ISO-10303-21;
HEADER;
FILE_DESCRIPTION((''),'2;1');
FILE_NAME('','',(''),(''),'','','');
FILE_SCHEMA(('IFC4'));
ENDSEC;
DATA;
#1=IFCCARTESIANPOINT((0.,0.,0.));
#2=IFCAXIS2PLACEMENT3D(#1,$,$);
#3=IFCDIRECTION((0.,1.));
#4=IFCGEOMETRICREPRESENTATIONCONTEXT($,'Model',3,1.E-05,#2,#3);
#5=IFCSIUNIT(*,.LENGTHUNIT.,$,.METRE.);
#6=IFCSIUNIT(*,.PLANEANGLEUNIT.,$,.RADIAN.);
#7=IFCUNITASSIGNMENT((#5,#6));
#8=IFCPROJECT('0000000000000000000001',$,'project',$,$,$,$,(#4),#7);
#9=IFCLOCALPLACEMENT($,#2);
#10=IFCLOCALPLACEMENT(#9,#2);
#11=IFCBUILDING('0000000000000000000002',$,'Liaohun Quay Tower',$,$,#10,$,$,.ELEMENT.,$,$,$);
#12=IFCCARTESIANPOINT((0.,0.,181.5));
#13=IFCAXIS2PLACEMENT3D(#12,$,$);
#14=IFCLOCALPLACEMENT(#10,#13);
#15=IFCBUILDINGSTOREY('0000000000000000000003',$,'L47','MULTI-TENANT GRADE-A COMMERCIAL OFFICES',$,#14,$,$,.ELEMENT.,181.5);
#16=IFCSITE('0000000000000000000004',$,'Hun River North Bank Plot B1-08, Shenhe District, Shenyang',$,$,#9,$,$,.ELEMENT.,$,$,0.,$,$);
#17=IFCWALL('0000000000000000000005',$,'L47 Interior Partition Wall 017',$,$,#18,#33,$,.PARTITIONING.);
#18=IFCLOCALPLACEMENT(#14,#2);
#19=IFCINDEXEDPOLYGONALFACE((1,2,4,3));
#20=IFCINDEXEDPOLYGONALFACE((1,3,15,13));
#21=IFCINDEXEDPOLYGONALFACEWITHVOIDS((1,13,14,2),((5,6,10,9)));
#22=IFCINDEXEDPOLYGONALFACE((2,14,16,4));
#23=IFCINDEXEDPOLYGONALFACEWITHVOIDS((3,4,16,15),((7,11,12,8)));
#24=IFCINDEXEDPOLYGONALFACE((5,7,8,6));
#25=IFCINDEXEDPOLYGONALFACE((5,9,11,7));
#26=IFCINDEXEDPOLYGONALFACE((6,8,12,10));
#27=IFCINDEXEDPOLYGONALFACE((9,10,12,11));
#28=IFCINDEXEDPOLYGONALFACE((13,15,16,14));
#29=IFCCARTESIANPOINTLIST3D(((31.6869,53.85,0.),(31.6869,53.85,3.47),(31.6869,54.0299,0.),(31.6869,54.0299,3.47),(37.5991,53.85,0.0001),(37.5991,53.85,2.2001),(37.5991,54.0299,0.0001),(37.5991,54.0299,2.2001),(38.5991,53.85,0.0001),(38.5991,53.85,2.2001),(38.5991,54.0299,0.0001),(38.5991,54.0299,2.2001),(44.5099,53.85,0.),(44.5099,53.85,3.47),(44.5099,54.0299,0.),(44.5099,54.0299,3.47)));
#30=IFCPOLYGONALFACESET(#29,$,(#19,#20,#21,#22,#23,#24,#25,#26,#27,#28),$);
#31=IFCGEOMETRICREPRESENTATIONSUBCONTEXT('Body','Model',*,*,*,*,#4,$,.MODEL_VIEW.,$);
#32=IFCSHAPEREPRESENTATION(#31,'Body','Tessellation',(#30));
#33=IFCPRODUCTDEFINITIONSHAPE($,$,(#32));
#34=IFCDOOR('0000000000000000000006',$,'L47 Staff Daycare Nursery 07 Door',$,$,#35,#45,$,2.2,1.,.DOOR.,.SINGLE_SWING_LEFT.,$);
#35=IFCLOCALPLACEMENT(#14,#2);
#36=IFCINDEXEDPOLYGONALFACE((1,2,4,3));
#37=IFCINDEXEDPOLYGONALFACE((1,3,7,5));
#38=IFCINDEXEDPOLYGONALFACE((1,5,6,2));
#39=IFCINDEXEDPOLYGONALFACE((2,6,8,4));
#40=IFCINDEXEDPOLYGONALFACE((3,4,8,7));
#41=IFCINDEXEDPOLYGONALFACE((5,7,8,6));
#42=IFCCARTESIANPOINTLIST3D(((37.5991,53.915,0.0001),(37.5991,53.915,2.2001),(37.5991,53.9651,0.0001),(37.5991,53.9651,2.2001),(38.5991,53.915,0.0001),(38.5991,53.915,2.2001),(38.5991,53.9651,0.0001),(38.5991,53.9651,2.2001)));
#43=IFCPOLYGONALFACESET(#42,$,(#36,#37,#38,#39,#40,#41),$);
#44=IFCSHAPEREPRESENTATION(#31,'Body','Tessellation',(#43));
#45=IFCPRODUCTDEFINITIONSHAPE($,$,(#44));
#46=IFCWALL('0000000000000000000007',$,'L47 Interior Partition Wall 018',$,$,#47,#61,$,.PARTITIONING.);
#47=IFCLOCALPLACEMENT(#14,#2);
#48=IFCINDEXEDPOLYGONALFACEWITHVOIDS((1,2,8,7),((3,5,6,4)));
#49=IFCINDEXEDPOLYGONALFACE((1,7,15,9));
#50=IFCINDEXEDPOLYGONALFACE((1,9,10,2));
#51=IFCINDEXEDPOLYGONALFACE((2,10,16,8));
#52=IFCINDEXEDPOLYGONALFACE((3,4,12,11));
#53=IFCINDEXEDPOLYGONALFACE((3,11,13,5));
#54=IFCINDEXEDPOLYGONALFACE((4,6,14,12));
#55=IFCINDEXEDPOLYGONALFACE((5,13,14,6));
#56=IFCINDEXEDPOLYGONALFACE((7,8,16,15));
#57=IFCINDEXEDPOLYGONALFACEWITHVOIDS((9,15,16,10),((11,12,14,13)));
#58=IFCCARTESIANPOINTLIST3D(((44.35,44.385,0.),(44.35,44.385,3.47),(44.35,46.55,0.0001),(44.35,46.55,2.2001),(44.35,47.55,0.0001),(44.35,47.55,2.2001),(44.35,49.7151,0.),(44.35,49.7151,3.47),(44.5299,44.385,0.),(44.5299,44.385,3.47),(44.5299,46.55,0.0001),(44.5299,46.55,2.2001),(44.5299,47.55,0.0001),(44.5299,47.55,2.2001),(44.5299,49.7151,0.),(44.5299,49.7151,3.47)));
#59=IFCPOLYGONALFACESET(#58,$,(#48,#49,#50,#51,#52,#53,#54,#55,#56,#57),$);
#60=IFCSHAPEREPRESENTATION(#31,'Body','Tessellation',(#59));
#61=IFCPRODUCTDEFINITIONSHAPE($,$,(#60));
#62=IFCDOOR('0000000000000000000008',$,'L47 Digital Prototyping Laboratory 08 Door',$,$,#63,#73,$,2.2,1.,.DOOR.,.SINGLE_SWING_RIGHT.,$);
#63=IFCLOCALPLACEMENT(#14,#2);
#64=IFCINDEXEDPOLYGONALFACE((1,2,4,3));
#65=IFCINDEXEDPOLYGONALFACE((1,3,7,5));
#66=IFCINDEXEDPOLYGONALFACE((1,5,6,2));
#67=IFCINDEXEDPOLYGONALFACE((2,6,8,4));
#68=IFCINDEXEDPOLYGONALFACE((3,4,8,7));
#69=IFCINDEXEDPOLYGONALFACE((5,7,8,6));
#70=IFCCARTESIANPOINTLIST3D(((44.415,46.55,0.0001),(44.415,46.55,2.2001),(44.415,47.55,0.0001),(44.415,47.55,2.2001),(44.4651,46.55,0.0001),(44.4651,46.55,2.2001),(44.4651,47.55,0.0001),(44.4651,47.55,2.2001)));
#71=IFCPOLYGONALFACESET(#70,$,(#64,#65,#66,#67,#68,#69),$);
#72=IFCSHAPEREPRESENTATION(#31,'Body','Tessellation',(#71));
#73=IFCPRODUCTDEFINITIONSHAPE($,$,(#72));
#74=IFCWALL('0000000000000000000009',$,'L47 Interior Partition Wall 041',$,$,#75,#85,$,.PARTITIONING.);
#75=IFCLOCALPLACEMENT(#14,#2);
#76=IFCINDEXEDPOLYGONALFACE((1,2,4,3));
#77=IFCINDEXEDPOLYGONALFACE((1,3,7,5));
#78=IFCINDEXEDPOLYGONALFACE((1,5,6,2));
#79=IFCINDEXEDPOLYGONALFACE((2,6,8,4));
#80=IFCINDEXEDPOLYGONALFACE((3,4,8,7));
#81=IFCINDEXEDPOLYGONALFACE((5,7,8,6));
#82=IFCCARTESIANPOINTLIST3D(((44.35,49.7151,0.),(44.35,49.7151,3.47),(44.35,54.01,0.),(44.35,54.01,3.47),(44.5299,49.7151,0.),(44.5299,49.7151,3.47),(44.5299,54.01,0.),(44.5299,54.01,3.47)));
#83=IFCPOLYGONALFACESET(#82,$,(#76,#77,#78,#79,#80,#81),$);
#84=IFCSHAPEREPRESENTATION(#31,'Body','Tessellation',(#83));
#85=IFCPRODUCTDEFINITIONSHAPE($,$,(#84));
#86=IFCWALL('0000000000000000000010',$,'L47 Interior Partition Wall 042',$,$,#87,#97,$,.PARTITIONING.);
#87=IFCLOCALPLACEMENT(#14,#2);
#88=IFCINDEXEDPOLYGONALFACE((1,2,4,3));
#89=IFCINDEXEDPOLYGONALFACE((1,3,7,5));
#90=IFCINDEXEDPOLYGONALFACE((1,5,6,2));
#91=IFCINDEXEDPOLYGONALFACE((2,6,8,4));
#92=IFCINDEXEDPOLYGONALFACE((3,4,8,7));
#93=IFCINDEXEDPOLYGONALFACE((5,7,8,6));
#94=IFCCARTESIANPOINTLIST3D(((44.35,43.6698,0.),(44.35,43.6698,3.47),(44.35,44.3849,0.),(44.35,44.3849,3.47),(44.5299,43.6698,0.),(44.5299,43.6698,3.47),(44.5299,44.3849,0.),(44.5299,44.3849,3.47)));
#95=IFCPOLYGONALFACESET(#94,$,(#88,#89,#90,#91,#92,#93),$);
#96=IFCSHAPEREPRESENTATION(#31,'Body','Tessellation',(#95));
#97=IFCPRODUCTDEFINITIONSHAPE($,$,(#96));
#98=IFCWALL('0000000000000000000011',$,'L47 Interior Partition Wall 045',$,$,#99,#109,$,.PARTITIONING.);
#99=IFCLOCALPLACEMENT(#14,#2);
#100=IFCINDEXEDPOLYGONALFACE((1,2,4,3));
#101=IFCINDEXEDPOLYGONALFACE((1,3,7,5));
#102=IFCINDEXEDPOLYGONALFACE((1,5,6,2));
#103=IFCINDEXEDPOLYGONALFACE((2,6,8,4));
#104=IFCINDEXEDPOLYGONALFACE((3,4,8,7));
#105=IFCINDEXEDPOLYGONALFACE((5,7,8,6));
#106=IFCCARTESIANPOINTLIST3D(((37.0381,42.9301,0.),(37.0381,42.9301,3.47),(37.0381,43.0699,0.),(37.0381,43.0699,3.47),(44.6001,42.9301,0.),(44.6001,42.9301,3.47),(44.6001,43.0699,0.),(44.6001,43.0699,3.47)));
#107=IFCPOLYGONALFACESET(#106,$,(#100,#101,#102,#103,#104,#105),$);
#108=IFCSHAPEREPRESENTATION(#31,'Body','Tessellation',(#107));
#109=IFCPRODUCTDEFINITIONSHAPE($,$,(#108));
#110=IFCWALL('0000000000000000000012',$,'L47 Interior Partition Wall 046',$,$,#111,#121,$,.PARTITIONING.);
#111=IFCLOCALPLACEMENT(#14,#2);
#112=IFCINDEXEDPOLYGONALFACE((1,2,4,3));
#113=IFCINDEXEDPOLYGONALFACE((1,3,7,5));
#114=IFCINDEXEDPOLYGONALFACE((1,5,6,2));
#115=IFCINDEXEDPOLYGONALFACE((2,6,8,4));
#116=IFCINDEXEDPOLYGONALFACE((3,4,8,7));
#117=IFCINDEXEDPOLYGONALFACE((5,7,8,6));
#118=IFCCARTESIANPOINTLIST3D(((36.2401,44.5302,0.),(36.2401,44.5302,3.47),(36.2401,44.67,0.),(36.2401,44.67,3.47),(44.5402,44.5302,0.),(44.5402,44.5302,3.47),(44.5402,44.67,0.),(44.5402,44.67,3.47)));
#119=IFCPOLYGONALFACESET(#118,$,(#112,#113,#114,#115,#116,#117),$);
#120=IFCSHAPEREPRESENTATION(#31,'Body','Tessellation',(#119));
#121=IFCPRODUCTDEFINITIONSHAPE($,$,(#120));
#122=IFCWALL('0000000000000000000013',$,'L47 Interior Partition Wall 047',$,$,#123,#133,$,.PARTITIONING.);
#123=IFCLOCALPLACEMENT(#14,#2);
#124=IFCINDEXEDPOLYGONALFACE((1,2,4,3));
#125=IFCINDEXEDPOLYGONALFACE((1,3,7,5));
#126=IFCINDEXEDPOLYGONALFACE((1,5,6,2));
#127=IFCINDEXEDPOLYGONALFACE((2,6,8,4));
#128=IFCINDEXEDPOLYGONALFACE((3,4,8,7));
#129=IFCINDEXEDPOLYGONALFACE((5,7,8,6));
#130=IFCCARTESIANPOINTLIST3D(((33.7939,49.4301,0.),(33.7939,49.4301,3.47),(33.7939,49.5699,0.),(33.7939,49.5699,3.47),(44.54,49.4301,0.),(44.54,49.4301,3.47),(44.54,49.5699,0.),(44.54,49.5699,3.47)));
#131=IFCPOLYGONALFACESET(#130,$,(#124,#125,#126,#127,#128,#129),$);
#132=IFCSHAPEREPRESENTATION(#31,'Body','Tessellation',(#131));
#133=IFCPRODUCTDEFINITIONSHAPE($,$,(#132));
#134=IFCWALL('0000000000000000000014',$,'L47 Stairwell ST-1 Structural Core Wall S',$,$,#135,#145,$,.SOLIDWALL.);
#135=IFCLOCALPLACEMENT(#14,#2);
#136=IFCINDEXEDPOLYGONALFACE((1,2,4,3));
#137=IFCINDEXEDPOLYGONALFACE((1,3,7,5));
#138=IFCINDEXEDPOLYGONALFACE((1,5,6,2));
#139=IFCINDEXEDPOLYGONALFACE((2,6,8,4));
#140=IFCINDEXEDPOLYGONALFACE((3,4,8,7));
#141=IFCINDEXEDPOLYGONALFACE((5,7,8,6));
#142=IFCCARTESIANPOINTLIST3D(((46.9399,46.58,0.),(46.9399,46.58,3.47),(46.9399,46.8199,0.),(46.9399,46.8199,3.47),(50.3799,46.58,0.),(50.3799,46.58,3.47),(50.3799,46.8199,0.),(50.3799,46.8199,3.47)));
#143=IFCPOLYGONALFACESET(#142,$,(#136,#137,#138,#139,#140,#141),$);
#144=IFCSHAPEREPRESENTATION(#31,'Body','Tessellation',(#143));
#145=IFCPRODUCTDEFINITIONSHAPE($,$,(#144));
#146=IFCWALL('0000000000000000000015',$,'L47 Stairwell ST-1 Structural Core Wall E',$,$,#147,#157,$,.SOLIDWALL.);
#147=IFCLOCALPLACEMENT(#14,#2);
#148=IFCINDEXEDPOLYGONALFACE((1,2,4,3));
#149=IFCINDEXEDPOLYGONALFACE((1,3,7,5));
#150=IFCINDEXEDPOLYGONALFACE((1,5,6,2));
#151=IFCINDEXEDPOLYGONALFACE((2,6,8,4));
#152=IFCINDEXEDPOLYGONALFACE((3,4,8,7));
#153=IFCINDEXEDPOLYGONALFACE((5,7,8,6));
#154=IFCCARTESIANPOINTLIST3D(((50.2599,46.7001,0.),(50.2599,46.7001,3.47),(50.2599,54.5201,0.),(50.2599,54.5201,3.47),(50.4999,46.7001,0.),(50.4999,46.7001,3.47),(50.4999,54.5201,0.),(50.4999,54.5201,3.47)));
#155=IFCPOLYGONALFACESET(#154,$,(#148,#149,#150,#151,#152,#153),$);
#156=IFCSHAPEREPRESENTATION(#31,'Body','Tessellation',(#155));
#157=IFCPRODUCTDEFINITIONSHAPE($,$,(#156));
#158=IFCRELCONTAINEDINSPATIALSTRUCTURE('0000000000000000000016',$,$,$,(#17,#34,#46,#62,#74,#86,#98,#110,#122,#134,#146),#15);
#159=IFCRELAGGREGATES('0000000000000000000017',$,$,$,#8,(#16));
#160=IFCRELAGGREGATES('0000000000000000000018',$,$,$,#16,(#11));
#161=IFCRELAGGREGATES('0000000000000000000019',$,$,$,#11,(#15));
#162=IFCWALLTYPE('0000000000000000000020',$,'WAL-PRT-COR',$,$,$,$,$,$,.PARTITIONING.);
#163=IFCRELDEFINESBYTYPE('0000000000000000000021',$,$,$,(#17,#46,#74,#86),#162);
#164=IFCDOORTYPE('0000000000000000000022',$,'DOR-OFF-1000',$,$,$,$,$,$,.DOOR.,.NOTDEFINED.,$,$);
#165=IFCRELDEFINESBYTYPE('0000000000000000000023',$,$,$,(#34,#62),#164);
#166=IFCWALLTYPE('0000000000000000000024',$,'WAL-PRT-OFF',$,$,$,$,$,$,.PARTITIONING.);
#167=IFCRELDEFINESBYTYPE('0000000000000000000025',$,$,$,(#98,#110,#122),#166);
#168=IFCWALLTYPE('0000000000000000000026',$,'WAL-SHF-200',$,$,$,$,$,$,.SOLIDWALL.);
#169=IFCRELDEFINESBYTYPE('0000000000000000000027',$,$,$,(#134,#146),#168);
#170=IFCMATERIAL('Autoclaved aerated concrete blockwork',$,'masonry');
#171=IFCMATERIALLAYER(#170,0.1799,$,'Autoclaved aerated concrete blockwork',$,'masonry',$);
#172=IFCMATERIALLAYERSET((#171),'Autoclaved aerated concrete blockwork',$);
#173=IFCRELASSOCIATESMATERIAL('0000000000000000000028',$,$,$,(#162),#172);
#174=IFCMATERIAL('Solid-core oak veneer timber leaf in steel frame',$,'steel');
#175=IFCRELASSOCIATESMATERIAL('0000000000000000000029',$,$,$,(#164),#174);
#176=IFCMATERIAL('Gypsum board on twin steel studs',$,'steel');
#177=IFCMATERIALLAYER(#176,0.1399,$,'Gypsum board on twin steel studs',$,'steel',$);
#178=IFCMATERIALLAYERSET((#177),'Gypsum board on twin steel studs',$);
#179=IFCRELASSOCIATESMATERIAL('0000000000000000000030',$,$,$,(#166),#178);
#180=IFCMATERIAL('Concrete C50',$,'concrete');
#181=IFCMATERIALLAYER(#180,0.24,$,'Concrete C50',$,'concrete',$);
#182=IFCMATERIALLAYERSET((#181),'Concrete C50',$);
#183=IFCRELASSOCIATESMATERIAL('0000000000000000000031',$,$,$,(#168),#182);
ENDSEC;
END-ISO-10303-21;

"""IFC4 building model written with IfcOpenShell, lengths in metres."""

from ifc_helpers import new_model, si_unit, direction, frame, frame_2d, origin, place, context, subcontext, project, spatial, rectangle, extrude, source, transform, mapped, material, layer, layer_set, type_object, element, fill, save


model = new_model("IFC4")

# Units and contexts
model_context = context("Model", 3, precision=1e-05, world=origin(), true_north=direction((0.0, 1.0)))
body_context = subcontext(model_context, "Body", "Model", "MODEL_VIEW")
ifc_project = project(units=[si_unit("LENGTHUNIT", "METRE"), si_unit("PLANEANGLEUNIT", "RADIAN")], contexts=[model_context])

# Site, building, storey
site_placement = place(None, origin())
site = spatial("IfcSite", under=ifc_project, at=site_placement, Name="Hun River North Bank Plot B1-08, Shenhe District, Shenyang", CompositionType="ELEMENT", RefElevation=0.0)
building_placement = place(site_placement, origin())
building = spatial("IfcBuilding", under=site, at=building_placement, Name="Liaohun Quay Tower", CompositionType="ELEMENT")
storey_placement = place(building_placement, frame((0.0, 0.0, 181.5)))
storey = spatial("IfcBuildingStorey", under=building, at=storey_placement, Name="L47", Description="MULTI-TENANT GRADE-A COMMERCIAL OFFICES", CompositionType="ELEMENT", Elevation=181.5)

# Walls, openings, doors
ifc_material_1 = material(Name="Autoclaved aerated concrete blockwork", Category="masonry")
ifc_layer_1 = layer(ifc_material_1, 0.1799, Name="Autoclaved aerated concrete blockwork", Category="masonry")
ifc_layer_set_1 = layer_set([ifc_layer_1], Name="Autoclaved aerated concrete blockwork")
wall_type_1 = type_object("IfcWallType", Name="WAL-PRT-COR", PredefinedType="PARTITIONING", material=ifc_layer_set_1)
wall_1_placement = place(storey_placement, frame((44.51, 53.9399, 0.0), z_axis=(0.0, 0.0, 1.0), x_axis=(-1.0, 0.0, 0.0)))
wall_1 = element("IfcWall", 1, at=wall_1_placement, inside=storey, type_object=wall_type_1, Name="L47 Interior Partition Wall 017", PredefinedType="PARTITIONING", context=body_context, shape_type="SweptSolid", body=[
    extrude(rectangle(XDim=12.823, YDim=0.1799, at=frame_2d((6.4116, 0.0))), origin(), (0.0, 0.0, 1.0), 3.47),
])
shared_shape_1 = source(origin(), body_context, "Body", "SweptSolid", [
    extrude(rectangle(XDim=1.0, YDim=2.2, at=frame_2d((0.5, 1.1001))), frame((0.0, 0.0999, 0.0), z_axis=(0.0, -1.0, 0.0), x_axis=(1.0, 0.0, 0.0)), (0.0, 0.0, 1.0), 0.2),
])
opening_1_placement = place(wall_1_placement, frame((5.9109, 0.0, 0.0)))
opening_1 = element("IfcOpeningElement", 2, at=opening_1_placement, cuts=wall_1, PredefinedType="OPENING", context=body_context, shape_type="MappedRepresentation", body=[
    mapped(shared_shape_1, transform((0.0, 0.0, 0.0), x_axis=(1.0, 0.0, 0.0), y_axis=(0.0, 1.0, 0.0), z_axis=(0.0, 0.0, 1.0), scale=1.0)),
])
ifc_material_2 = material(Name="Solid-core oak veneer timber leaf in steel frame", Category="steel")
door_type_1 = type_object("IfcDoorType", Name="DOR-OFF-1000", OperationType="NOTDEFINED", PredefinedType="DOOR", material=ifc_material_2)
shared_shape_2 = source(origin(), body_context, "Body", "SweptSolid", [
    extrude(rectangle(XDim=1.0, YDim=2.2, at=frame_2d((0.5, 1.1001))), frame((0.0, 0.0249, 0.0), z_axis=(0.0, -1.0, 0.0), x_axis=(1.0, 0.0, 0.0)), (0.0, 0.0, 1.0), 0.05),
])
door_1_placement = place(opening_1_placement, origin())
door_1 = element("IfcDoor", 3, at=door_1_placement, inside=storey, type_object=door_type_1, Name="L47 Staff Daycare Nursery 07 Door", OperationType="SINGLE_SWING_LEFT", OverallHeight=2.2, OverallWidth=1.0, PredefinedType="DOOR", context=body_context, shape_type="MappedRepresentation", body=[
    mapped(shared_shape_2, transform((0.0, 0.0, 0.0), x_axis=(1.0, 0.0, 0.0), y_axis=(0.0, 1.0, 0.0), z_axis=(0.0, 0.0, 1.0), scale=1.0)),
])
fill(opening_1, door_1)
wall_2_placement = place(storey_placement, frame((44.4399, 44.385, 0.0), z_axis=(0.0, 0.0, 1.0), x_axis=(0.0, 1.0, 0.0)))
wall_2 = element("IfcWall", 4, at=wall_2_placement, inside=storey, type_object=wall_type_1, Name="L47 Interior Partition Wall 018", PredefinedType="PARTITIONING", context=body_context, shape_type="SweptSolid", body=[
    extrude(rectangle(XDim=5.3301, YDim=0.1799, at=frame_2d((2.665, 0.0))), origin(), (0.0, 0.0, 1.0), 3.47),
])
opening_2_placement = place(wall_2_placement, frame((2.165, 0.0, 0.0)))
opening_2 = element("IfcOpeningElement", 5, at=opening_2_placement, cuts=wall_2, PredefinedType="OPENING", context=body_context, shape_type="MappedRepresentation", body=[
    mapped(shared_shape_1, transform((0.0, 0.0, 0.0), x_axis=(1.0, 0.0, 0.0), y_axis=(0.0, 1.0, 0.0), z_axis=(0.0, 0.0, 1.0), scale=1.0)),
])
door_2_placement = place(opening_2_placement, origin())
door_2 = element("IfcDoor", 6, at=door_2_placement, inside=storey, type_object=door_type_1, Name="L47 Digital Prototyping Laboratory 08 Door", OperationType="SINGLE_SWING_RIGHT", OverallHeight=2.2, OverallWidth=1.0, PredefinedType="DOOR", context=body_context, shape_type="MappedRepresentation", body=[
    mapped(shared_shape_2, transform((0.0, 0.0, 0.0), x_axis=(1.0, 0.0, 0.0), y_axis=(0.0, 1.0, 0.0), z_axis=(0.0, 0.0, 1.0), scale=1.0)),
])
fill(opening_2, door_2)

# Walls
wall_3_placement = place(storey_placement, frame((44.4399, 49.7151, 0.0), z_axis=(0.0, 0.0, 1.0), x_axis=(0.0, 1.0, 0.0)))
element("IfcWall", 7, at=wall_3_placement, inside=storey, type_object=wall_type_1, Name="L47 Interior Partition Wall 041", PredefinedType="PARTITIONING", context=body_context, shape_type="SweptSolid", body=[
    extrude(rectangle(XDim=4.2949, YDim=0.1799, at=frame_2d((2.1475, 0.0))), origin(), (0.0, 0.0, 1.0), 3.47),
])
wall_4_placement = place(storey_placement, frame((44.4399, 43.6699, 0.0), z_axis=(0.0, 0.0, 1.0), x_axis=(0.0, 1.0, 0.0)))
element("IfcWall", 8, at=wall_4_placement, inside=storey, type_object=wall_type_1, Name="L47 Interior Partition Wall 042", PredefinedType="PARTITIONING", context=body_context, shape_type="SweptSolid", body=[
    extrude(rectangle(XDim=0.7151, YDim=0.1799, at=frame_2d((0.3574, 0.0))), origin(), (0.0, 0.0, 1.0), 3.47),
])
ifc_material_3 = material(Name="Gypsum board on twin steel studs", Category="steel")
ifc_layer_2 = layer(ifc_material_3, 0.1399, Name="Gypsum board on twin steel studs", Category="steel")
ifc_layer_set_2 = layer_set([ifc_layer_2], Name="Gypsum board on twin steel studs")
wall_type_2 = type_object("IfcWallType", Name="WAL-PRT-OFF", PredefinedType="PARTITIONING", material=ifc_layer_set_2)
wall_5_placement = place(storey_placement, frame((44.6001, 43.0, 0.0), z_axis=(0.0, 0.0, 1.0), x_axis=(-1.0, 0.0, 0.0)))
element("IfcWall", 9, at=wall_5_placement, inside=storey, type_object=wall_type_2, Name="L47 Interior Partition Wall 045", PredefinedType="PARTITIONING", context=body_context, shape_type="SweptSolid", body=[
    extrude(rectangle(XDim=7.562, YDim=0.1399, at=frame_2d((3.781, 0.0))), origin(), (0.0, 0.0, 1.0), 3.47),
])
wall_6_placement = place(storey_placement, frame((44.54, 44.6001, 0.0), z_axis=(0.0, 0.0, 1.0), x_axis=(-1.0, 0.0, 0.0)))
element("IfcWall", 10, at=wall_6_placement, inside=storey, type_object=wall_type_2, Name="L47 Interior Partition Wall 046", PredefinedType="PARTITIONING", context=body_context, shape_type="SweptSolid", body=[
    extrude(rectangle(XDim=8.3, YDim=0.1399, at=frame_2d((4.1499, 0.0))), origin(), (0.0, 0.0, 1.0), 3.47),
])
wall_7_placement = place(storey_placement, frame((44.54, 49.5, 0.0), z_axis=(0.0, 0.0, 1.0), x_axis=(-1.0, 0.0, 0.0)))
element("IfcWall", 11, at=wall_7_placement, inside=storey, type_object=wall_type_2, Name="L47 Interior Partition Wall 047", PredefinedType="PARTITIONING", context=body_context, shape_type="SweptSolid", body=[
    extrude(rectangle(XDim=10.7461, YDim=0.1399, at=frame_2d((5.373, 0.0))), origin(), (0.0, 0.0, 1.0), 3.47),
])
ifc_material_4 = material(Name="Concrete C50", Category="concrete")
ifc_layer_3 = layer(ifc_material_4, 0.24, Name="Concrete C50", Category="concrete")
ifc_layer_set_3 = layer_set([ifc_layer_3], Name="Concrete C50")
wall_type_3 = type_object("IfcWallType", Name="WAL-SHF-200", PredefinedType="SOLIDWALL", material=ifc_layer_set_3)
wall_8_placement = place(storey_placement, frame((46.9399, 46.7, 0.0), z_axis=(0.0, 0.0, 1.0), x_axis=(1.0, 0.0, 0.0)))
element("IfcWall", 12, at=wall_8_placement, inside=storey, type_object=wall_type_3, Name="L47 Stairwell ST-1 Structural Core Wall S", PredefinedType="SOLIDWALL", context=body_context, shape_type="SweptSolid", body=[
    extrude(rectangle(XDim=3.4399, YDim=0.24, at=frame_2d((1.72, 0.0))), origin(), (0.0, 0.0, 1.0), 3.47),
])
wall_9_placement = place(storey_placement, frame((50.3799, 46.7, 0.0), z_axis=(0.0, 0.0, 1.0), x_axis=(0.0, 1.0, 0.0)))
element("IfcWall", 13, at=wall_9_placement, inside=storey, type_object=wall_type_3, Name="L47 Stairwell ST-1 Structural Core Wall E", PredefinedType="SOLIDWALL", context=body_context, shape_type="SweptSolid", body=[
    extrude(rectangle(XDim=7.8201, YDim=0.24, at=frame_2d((3.9102, 0.0))), origin(), (0.0, 0.0, 1.0), 3.47),
])

save(model, "model.ifc")
